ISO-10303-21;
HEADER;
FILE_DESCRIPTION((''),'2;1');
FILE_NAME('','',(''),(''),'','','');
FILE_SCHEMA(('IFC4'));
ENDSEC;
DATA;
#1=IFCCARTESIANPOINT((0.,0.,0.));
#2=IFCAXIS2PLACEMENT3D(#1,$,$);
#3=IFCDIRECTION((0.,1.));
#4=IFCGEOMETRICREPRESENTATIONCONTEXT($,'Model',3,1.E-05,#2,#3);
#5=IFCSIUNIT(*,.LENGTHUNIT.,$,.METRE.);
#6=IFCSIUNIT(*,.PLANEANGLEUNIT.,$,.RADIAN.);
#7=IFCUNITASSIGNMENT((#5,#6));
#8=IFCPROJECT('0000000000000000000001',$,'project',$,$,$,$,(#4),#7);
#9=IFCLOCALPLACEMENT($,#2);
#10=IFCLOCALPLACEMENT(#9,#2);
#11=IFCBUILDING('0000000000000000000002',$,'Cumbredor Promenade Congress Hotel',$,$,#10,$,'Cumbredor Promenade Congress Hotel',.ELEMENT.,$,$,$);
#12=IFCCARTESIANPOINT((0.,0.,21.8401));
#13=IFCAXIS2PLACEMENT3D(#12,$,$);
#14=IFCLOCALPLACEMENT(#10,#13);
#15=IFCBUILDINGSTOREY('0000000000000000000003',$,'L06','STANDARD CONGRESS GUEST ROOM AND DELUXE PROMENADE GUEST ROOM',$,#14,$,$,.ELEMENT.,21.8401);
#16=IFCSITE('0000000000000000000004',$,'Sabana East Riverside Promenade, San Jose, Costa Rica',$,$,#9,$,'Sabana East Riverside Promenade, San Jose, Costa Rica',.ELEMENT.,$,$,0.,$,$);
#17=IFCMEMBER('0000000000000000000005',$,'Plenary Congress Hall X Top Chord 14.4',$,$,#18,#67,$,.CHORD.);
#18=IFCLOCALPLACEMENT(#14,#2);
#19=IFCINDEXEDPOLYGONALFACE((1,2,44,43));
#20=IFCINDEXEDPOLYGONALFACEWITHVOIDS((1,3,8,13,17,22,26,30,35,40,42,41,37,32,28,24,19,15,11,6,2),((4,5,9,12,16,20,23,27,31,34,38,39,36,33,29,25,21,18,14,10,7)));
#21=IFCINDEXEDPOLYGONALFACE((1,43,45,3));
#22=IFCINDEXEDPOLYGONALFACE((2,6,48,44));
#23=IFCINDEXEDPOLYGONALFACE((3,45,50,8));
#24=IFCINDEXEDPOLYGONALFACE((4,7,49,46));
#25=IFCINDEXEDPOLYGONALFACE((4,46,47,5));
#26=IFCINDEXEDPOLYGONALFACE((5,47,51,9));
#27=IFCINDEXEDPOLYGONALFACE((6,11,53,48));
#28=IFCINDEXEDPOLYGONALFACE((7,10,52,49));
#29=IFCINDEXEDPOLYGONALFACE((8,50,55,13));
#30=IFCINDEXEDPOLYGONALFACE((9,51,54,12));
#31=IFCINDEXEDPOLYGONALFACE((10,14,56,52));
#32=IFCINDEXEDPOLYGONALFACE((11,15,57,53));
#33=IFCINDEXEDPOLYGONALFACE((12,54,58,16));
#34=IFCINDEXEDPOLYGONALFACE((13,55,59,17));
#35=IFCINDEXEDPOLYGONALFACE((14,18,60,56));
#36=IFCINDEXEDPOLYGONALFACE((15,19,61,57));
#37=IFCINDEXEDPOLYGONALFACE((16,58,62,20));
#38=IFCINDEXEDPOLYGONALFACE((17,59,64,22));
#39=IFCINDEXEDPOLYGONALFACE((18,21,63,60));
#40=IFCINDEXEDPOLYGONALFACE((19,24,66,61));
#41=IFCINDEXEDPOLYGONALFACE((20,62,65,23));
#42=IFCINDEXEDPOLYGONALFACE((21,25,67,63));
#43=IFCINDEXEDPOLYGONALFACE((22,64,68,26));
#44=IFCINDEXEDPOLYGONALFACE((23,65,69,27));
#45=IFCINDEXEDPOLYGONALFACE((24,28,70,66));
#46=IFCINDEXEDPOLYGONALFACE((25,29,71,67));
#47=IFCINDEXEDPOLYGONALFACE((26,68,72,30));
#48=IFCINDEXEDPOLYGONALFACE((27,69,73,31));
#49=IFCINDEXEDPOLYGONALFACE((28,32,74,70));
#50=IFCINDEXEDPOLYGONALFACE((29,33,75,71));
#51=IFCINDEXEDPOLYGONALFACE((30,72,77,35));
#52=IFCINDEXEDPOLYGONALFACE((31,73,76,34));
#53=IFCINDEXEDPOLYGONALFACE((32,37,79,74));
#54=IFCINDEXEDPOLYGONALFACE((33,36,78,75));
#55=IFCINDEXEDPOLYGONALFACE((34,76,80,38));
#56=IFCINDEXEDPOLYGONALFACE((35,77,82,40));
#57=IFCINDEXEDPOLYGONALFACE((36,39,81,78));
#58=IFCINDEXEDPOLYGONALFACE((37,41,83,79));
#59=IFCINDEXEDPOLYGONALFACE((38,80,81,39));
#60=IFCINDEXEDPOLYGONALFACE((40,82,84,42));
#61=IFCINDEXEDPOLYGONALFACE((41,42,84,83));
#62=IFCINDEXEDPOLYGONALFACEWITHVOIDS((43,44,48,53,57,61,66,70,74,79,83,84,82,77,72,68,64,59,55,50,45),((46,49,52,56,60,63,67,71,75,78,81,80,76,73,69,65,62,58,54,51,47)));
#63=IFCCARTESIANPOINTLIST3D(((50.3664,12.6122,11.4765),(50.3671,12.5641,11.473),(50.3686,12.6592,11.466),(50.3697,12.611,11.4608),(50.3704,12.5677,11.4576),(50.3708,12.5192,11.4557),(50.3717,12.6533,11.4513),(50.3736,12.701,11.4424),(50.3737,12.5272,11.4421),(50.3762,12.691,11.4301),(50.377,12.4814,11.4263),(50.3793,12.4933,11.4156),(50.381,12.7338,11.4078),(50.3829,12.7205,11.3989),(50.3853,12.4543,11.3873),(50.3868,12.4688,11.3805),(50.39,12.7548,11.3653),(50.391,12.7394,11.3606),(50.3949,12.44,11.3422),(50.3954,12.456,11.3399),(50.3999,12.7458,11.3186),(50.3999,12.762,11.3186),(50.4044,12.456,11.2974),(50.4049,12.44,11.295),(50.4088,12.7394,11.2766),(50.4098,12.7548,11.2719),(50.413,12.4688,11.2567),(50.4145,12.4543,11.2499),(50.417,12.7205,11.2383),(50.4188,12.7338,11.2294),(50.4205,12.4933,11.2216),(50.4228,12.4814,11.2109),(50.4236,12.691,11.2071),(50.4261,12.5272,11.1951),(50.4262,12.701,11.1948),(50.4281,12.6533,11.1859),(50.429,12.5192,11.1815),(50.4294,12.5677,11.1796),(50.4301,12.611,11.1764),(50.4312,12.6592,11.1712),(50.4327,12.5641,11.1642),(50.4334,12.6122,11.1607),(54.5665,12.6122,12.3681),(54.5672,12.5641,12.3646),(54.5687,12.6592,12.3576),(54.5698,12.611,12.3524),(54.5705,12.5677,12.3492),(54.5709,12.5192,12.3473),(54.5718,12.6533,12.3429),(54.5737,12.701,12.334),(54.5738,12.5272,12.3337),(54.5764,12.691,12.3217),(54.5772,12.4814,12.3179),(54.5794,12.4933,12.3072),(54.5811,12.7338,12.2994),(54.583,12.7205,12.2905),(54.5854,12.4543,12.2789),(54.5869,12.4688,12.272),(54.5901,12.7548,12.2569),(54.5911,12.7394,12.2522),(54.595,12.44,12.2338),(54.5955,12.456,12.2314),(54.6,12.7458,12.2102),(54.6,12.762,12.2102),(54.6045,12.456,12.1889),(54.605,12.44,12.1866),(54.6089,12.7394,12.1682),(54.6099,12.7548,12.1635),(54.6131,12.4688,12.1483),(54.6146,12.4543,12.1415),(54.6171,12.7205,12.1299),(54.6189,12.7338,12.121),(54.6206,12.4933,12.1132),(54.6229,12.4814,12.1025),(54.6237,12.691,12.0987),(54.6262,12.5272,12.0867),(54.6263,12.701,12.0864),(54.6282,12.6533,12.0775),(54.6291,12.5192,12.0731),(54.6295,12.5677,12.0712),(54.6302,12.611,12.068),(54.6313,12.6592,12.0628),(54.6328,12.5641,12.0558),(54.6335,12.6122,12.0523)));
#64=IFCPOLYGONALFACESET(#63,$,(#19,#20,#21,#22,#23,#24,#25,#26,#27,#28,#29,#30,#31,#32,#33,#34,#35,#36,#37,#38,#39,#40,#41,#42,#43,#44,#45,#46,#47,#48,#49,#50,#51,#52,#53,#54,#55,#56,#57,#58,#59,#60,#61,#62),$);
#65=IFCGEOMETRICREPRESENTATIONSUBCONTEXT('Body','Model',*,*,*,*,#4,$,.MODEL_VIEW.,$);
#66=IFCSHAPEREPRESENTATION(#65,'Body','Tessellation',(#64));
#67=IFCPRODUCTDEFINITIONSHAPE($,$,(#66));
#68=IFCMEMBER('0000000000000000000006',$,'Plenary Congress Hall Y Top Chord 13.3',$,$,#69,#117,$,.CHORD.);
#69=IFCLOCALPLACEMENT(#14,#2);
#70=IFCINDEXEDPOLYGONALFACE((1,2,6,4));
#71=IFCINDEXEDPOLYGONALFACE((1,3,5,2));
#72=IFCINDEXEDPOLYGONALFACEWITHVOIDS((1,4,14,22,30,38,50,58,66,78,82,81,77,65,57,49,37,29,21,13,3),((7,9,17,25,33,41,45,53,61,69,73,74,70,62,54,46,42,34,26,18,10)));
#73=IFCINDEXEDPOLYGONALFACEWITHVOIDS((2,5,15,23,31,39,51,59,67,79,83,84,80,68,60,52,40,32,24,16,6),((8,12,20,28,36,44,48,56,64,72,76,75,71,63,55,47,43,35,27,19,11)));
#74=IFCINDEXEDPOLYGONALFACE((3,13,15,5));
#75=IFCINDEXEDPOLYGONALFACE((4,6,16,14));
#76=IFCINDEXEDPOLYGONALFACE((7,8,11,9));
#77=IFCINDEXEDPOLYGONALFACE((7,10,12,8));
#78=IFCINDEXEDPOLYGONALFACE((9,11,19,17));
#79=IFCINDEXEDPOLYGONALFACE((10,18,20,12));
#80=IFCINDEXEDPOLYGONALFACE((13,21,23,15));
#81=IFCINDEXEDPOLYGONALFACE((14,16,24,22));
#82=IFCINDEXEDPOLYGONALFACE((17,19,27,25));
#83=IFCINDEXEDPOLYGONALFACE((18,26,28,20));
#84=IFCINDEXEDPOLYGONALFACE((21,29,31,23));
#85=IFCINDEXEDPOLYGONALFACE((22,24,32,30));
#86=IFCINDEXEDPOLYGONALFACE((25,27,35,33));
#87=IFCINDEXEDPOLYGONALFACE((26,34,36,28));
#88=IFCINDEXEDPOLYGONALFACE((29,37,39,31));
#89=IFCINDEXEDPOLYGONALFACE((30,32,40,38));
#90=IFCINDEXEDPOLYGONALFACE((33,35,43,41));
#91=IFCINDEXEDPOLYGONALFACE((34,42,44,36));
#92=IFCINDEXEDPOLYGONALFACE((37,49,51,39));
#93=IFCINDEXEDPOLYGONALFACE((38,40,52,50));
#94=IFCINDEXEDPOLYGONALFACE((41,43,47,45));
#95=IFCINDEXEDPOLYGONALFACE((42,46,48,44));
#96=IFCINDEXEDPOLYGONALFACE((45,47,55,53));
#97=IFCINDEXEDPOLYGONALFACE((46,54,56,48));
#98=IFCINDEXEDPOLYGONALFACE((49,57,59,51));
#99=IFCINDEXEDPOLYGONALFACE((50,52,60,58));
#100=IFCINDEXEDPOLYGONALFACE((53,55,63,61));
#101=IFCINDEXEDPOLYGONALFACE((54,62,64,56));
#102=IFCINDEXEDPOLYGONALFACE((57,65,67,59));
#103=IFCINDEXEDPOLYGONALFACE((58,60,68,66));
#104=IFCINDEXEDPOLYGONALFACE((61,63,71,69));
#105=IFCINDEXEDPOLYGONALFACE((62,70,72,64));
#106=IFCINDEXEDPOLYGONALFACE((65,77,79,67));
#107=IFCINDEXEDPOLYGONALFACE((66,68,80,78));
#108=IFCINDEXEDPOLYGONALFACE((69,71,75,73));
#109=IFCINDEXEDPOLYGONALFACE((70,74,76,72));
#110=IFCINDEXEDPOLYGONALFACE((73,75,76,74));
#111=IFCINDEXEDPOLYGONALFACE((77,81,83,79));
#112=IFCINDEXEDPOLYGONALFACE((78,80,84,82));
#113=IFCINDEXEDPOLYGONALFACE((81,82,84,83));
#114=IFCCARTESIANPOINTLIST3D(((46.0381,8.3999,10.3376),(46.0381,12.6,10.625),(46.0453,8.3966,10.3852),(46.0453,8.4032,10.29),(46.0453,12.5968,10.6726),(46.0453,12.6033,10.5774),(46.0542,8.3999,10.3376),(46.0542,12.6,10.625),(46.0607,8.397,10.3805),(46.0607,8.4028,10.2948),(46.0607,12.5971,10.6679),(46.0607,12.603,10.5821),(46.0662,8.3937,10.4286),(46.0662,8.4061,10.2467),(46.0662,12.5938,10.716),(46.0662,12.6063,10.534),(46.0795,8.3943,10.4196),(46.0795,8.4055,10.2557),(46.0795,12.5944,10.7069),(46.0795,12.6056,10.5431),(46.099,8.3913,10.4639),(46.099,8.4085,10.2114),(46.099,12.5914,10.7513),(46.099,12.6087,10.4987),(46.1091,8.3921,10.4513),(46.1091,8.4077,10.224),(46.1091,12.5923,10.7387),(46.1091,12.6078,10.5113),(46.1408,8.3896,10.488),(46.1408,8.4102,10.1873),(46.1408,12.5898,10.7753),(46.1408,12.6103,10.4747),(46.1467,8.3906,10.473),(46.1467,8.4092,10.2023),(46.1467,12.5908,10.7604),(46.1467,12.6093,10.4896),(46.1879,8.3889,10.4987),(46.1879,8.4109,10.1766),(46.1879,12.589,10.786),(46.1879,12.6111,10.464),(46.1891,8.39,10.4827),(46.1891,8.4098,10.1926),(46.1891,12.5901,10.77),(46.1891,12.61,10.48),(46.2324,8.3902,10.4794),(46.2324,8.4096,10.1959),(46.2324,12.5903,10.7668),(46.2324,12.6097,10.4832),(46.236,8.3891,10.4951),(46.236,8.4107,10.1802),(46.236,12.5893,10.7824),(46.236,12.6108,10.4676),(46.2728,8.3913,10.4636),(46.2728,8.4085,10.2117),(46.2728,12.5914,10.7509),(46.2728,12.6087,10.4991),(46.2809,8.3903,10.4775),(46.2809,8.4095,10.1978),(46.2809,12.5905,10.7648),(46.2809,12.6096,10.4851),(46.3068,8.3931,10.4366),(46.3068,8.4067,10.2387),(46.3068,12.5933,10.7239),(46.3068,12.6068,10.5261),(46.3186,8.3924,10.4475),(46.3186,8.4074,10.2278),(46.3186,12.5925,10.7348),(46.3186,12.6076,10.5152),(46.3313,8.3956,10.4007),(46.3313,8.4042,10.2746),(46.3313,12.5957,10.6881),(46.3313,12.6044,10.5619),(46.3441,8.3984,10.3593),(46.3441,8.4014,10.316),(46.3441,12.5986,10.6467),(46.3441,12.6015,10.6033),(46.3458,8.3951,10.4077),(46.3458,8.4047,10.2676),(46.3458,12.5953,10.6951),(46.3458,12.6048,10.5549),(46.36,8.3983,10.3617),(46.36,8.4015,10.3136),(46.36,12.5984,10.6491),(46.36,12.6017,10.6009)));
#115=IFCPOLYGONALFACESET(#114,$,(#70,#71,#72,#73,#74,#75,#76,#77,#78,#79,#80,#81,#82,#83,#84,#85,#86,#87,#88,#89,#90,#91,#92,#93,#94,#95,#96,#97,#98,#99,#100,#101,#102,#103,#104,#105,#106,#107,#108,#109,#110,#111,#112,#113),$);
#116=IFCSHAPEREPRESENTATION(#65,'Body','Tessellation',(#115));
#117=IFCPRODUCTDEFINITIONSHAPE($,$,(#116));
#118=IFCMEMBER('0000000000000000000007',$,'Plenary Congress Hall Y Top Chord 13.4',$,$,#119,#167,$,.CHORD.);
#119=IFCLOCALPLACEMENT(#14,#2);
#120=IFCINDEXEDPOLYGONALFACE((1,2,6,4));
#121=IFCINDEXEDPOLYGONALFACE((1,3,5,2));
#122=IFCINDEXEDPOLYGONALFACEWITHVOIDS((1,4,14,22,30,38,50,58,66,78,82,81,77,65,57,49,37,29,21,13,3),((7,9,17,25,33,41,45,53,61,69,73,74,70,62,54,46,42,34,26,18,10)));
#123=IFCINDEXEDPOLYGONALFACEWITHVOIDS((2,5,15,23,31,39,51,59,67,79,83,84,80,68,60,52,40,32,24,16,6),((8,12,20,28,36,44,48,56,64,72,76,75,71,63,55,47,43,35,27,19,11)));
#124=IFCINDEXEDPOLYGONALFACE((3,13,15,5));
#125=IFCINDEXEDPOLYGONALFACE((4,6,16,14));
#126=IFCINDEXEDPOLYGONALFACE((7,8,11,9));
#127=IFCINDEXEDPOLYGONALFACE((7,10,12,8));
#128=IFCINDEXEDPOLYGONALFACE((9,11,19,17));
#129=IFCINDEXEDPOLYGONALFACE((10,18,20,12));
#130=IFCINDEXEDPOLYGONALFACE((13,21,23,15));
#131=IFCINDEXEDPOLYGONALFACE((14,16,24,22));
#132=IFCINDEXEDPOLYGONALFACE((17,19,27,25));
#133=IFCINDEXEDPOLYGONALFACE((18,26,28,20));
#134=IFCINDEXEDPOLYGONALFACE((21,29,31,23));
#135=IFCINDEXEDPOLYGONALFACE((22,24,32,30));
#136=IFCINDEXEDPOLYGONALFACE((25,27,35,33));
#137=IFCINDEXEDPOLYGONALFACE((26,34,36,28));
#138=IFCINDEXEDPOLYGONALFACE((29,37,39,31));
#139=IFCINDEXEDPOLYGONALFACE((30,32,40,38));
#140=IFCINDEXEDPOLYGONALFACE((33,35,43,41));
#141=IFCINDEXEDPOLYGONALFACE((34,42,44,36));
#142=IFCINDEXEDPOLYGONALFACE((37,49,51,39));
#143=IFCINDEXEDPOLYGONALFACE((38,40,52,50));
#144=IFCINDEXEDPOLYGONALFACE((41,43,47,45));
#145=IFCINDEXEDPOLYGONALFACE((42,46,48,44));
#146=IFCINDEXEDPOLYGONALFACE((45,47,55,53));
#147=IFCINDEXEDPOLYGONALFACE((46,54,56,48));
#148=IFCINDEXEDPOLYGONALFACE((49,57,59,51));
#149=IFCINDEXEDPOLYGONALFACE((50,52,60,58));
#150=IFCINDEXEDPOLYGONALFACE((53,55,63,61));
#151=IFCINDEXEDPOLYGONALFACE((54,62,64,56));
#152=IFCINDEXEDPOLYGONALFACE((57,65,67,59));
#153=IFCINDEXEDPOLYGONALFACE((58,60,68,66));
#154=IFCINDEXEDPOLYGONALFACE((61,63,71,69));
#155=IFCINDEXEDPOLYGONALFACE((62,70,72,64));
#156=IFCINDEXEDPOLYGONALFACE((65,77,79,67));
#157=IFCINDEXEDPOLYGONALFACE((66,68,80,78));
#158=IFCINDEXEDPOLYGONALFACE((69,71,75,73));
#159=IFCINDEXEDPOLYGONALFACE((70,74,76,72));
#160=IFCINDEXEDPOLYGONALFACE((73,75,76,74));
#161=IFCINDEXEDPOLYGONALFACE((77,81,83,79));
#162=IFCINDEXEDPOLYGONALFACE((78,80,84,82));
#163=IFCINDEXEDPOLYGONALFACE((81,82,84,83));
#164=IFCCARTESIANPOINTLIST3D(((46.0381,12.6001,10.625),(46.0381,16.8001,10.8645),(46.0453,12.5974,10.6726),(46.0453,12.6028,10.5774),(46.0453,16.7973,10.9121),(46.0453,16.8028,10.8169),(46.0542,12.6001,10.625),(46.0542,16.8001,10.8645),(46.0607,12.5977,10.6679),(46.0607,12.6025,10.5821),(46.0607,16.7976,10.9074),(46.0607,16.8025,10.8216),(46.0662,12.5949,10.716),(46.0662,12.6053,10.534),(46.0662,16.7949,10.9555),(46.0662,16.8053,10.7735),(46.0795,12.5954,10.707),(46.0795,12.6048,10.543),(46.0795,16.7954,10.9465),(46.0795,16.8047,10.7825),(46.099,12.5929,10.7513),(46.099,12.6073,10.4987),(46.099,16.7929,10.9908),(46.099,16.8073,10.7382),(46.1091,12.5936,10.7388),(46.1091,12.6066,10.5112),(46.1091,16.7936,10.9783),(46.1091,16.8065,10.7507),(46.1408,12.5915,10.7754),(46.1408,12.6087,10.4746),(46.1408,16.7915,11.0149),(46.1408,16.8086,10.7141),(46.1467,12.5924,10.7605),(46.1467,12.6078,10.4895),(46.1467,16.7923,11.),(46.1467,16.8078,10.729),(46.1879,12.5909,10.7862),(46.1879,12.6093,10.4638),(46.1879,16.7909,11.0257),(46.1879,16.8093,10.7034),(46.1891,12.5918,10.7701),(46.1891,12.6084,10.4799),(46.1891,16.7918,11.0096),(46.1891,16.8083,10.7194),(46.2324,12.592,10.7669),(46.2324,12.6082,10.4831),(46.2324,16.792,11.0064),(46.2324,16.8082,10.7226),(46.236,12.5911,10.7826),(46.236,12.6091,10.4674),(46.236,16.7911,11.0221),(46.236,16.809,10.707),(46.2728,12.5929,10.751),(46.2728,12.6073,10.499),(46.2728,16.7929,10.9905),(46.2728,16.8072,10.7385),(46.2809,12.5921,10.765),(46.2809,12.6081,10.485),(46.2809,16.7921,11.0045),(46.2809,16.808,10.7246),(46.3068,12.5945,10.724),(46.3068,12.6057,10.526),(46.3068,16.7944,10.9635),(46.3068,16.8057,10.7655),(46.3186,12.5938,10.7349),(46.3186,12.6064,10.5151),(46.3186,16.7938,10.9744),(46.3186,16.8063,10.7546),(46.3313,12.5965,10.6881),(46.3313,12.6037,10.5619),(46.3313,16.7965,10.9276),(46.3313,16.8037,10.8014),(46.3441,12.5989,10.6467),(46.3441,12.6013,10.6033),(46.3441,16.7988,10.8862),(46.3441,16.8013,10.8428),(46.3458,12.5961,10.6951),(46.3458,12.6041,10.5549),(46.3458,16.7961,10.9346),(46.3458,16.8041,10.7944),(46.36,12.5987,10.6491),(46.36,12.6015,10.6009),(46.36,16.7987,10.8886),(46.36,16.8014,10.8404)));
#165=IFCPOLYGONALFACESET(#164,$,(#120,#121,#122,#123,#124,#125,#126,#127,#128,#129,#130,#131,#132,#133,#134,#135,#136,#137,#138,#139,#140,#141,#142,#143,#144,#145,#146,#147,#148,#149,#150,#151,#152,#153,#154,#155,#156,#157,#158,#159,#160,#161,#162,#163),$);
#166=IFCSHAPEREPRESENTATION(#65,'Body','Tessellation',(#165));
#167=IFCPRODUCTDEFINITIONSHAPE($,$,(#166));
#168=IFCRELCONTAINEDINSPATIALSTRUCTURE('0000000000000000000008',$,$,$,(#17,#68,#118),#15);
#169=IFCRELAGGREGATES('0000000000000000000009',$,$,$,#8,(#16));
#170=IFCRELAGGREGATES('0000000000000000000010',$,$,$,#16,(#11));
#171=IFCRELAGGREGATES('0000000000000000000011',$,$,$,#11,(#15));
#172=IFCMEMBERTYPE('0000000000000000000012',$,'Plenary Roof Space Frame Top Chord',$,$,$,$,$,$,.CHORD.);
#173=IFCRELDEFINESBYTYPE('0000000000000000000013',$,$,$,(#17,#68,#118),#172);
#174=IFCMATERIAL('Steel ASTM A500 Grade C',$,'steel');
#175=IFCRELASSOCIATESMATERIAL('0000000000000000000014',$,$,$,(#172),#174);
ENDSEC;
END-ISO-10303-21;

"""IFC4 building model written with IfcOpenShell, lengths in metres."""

from ifc_helpers import new_model, si_unit, direction, frame, origin, origin_2d, place, context, subcontext, project, spatial, hollow_circle, extrude, material, material_profile, profile_set, type_object, element, save


model = new_model("IFC4")

# Units and contexts
model_context = context("Model", 3, precision=1e-05, world=origin(), true_north=direction((0.0, 1.0)))
body_context = subcontext(model_context, "Body", "Model", "MODEL_VIEW")
ifc_project = project(units=[si_unit("LENGTHUNIT", "METRE"), si_unit("PLANEANGLEUNIT", "RADIAN")], contexts=[model_context])

# Site, building, storey
site_placement = place(None, origin())
site = spatial("IfcSite", under=ifc_project, at=site_placement, Name="Sabana East Riverside Promenade, San Jose, Costa Rica", LongName="Sabana East Riverside Promenade, San Jose, Costa Rica", CompositionType="ELEMENT", RefElevation=0.0)
building_placement = place(site_placement, origin())
building = spatial("IfcBuilding", under=site, at=building_placement, Name="Cumbredor Promenade Congress Hotel", LongName="Cumbredor Promenade Congress Hotel", CompositionType="ELEMENT")
storey_placement = place(building_placement, frame((0.0, 0.0, 21.8401)))
storey = spatial("IfcBuildingStorey", under=building, at=storey_placement, Name="L06", Description="STANDARD CONGRESS GUEST ROOM AND DELUXE PROMENADE GUEST ROOM", CompositionType="ELEMENT", Elevation=21.8401)

# Members
ifc_material_1 = material(Name="Steel ASTM A500 Grade C", Category="steel")
ifc_material_profile_1 = material_profile(ifc_material_1, hollow_circle(Radius=0.1619, WallThickness=0.0161, at=origin_2d()), Name="CHS 323.9x16")
ifc_profile_set_1 = profile_set([ifc_material_profile_1], Name="Steel ASTM A500 Grade C")
member_type_1 = type_object("IfcMemberType", Name="Plenary Roof Space Frame Top Chord", PredefinedType="CHORD", material=ifc_profile_set_1)
member_1_placement = place(storey_placement, frame((50.3999, 12.6001, 11.3186), z_axis=(0.978203, 0.0, 0.207649), x_axis=(0.0, 1.0, 0.0)))
element("IfcMember", 1, at=member_1_placement, inside=storey, type_object=member_type_1, Name="Plenary Congress Hall X Top Chord 14.4", PredefinedType="CHORD", context=body_context, shape_type="SweptSolid", body=[
    extrude(hollow_circle(Radius=0.1619, WallThickness=0.0161, at=origin_2d()), origin(), (0.0, 0.0, 1.0), 4.2937),
])
member_2_placement = place(storey_placement, frame((46.2, 8.3999, 10.3376), z_axis=(0.0, 0.997668, 0.068255), x_axis=(-1.0, 0.0, 0.0)))
element("IfcMember", 2, at=member_2_placement, inside=storey, type_object=member_type_1, Name="Plenary Congress Hall Y Top Chord 13.3", PredefinedType="CHORD", context=body_context, shape_type="SweptSolid", body=[
    extrude(hollow_circle(Radius=0.1619, WallThickness=0.0161, at=origin_2d()), origin(), (0.0, 0.0, 1.0), 4.21),
])
member_3_placement = place(storey_placement, frame((46.2, 12.6001, 10.625), z_axis=(0.0, 0.998378, 0.056932), x_axis=(-1.0, 0.0, 0.0)))
element("IfcMember", 3, at=member_3_placement, inside=storey, type_object=member_type_1, Name="Plenary Congress Hall Y Top Chord 13.4", PredefinedType="CHORD", context=body_context, shape_type="SweptSolid", body=[
    extrude(hollow_circle(Radius=0.1619, WallThickness=0.0161, at=origin_2d()), origin(), (0.0, 0.0, 1.0), 4.2068),
])

save(model, "model.ifc")
